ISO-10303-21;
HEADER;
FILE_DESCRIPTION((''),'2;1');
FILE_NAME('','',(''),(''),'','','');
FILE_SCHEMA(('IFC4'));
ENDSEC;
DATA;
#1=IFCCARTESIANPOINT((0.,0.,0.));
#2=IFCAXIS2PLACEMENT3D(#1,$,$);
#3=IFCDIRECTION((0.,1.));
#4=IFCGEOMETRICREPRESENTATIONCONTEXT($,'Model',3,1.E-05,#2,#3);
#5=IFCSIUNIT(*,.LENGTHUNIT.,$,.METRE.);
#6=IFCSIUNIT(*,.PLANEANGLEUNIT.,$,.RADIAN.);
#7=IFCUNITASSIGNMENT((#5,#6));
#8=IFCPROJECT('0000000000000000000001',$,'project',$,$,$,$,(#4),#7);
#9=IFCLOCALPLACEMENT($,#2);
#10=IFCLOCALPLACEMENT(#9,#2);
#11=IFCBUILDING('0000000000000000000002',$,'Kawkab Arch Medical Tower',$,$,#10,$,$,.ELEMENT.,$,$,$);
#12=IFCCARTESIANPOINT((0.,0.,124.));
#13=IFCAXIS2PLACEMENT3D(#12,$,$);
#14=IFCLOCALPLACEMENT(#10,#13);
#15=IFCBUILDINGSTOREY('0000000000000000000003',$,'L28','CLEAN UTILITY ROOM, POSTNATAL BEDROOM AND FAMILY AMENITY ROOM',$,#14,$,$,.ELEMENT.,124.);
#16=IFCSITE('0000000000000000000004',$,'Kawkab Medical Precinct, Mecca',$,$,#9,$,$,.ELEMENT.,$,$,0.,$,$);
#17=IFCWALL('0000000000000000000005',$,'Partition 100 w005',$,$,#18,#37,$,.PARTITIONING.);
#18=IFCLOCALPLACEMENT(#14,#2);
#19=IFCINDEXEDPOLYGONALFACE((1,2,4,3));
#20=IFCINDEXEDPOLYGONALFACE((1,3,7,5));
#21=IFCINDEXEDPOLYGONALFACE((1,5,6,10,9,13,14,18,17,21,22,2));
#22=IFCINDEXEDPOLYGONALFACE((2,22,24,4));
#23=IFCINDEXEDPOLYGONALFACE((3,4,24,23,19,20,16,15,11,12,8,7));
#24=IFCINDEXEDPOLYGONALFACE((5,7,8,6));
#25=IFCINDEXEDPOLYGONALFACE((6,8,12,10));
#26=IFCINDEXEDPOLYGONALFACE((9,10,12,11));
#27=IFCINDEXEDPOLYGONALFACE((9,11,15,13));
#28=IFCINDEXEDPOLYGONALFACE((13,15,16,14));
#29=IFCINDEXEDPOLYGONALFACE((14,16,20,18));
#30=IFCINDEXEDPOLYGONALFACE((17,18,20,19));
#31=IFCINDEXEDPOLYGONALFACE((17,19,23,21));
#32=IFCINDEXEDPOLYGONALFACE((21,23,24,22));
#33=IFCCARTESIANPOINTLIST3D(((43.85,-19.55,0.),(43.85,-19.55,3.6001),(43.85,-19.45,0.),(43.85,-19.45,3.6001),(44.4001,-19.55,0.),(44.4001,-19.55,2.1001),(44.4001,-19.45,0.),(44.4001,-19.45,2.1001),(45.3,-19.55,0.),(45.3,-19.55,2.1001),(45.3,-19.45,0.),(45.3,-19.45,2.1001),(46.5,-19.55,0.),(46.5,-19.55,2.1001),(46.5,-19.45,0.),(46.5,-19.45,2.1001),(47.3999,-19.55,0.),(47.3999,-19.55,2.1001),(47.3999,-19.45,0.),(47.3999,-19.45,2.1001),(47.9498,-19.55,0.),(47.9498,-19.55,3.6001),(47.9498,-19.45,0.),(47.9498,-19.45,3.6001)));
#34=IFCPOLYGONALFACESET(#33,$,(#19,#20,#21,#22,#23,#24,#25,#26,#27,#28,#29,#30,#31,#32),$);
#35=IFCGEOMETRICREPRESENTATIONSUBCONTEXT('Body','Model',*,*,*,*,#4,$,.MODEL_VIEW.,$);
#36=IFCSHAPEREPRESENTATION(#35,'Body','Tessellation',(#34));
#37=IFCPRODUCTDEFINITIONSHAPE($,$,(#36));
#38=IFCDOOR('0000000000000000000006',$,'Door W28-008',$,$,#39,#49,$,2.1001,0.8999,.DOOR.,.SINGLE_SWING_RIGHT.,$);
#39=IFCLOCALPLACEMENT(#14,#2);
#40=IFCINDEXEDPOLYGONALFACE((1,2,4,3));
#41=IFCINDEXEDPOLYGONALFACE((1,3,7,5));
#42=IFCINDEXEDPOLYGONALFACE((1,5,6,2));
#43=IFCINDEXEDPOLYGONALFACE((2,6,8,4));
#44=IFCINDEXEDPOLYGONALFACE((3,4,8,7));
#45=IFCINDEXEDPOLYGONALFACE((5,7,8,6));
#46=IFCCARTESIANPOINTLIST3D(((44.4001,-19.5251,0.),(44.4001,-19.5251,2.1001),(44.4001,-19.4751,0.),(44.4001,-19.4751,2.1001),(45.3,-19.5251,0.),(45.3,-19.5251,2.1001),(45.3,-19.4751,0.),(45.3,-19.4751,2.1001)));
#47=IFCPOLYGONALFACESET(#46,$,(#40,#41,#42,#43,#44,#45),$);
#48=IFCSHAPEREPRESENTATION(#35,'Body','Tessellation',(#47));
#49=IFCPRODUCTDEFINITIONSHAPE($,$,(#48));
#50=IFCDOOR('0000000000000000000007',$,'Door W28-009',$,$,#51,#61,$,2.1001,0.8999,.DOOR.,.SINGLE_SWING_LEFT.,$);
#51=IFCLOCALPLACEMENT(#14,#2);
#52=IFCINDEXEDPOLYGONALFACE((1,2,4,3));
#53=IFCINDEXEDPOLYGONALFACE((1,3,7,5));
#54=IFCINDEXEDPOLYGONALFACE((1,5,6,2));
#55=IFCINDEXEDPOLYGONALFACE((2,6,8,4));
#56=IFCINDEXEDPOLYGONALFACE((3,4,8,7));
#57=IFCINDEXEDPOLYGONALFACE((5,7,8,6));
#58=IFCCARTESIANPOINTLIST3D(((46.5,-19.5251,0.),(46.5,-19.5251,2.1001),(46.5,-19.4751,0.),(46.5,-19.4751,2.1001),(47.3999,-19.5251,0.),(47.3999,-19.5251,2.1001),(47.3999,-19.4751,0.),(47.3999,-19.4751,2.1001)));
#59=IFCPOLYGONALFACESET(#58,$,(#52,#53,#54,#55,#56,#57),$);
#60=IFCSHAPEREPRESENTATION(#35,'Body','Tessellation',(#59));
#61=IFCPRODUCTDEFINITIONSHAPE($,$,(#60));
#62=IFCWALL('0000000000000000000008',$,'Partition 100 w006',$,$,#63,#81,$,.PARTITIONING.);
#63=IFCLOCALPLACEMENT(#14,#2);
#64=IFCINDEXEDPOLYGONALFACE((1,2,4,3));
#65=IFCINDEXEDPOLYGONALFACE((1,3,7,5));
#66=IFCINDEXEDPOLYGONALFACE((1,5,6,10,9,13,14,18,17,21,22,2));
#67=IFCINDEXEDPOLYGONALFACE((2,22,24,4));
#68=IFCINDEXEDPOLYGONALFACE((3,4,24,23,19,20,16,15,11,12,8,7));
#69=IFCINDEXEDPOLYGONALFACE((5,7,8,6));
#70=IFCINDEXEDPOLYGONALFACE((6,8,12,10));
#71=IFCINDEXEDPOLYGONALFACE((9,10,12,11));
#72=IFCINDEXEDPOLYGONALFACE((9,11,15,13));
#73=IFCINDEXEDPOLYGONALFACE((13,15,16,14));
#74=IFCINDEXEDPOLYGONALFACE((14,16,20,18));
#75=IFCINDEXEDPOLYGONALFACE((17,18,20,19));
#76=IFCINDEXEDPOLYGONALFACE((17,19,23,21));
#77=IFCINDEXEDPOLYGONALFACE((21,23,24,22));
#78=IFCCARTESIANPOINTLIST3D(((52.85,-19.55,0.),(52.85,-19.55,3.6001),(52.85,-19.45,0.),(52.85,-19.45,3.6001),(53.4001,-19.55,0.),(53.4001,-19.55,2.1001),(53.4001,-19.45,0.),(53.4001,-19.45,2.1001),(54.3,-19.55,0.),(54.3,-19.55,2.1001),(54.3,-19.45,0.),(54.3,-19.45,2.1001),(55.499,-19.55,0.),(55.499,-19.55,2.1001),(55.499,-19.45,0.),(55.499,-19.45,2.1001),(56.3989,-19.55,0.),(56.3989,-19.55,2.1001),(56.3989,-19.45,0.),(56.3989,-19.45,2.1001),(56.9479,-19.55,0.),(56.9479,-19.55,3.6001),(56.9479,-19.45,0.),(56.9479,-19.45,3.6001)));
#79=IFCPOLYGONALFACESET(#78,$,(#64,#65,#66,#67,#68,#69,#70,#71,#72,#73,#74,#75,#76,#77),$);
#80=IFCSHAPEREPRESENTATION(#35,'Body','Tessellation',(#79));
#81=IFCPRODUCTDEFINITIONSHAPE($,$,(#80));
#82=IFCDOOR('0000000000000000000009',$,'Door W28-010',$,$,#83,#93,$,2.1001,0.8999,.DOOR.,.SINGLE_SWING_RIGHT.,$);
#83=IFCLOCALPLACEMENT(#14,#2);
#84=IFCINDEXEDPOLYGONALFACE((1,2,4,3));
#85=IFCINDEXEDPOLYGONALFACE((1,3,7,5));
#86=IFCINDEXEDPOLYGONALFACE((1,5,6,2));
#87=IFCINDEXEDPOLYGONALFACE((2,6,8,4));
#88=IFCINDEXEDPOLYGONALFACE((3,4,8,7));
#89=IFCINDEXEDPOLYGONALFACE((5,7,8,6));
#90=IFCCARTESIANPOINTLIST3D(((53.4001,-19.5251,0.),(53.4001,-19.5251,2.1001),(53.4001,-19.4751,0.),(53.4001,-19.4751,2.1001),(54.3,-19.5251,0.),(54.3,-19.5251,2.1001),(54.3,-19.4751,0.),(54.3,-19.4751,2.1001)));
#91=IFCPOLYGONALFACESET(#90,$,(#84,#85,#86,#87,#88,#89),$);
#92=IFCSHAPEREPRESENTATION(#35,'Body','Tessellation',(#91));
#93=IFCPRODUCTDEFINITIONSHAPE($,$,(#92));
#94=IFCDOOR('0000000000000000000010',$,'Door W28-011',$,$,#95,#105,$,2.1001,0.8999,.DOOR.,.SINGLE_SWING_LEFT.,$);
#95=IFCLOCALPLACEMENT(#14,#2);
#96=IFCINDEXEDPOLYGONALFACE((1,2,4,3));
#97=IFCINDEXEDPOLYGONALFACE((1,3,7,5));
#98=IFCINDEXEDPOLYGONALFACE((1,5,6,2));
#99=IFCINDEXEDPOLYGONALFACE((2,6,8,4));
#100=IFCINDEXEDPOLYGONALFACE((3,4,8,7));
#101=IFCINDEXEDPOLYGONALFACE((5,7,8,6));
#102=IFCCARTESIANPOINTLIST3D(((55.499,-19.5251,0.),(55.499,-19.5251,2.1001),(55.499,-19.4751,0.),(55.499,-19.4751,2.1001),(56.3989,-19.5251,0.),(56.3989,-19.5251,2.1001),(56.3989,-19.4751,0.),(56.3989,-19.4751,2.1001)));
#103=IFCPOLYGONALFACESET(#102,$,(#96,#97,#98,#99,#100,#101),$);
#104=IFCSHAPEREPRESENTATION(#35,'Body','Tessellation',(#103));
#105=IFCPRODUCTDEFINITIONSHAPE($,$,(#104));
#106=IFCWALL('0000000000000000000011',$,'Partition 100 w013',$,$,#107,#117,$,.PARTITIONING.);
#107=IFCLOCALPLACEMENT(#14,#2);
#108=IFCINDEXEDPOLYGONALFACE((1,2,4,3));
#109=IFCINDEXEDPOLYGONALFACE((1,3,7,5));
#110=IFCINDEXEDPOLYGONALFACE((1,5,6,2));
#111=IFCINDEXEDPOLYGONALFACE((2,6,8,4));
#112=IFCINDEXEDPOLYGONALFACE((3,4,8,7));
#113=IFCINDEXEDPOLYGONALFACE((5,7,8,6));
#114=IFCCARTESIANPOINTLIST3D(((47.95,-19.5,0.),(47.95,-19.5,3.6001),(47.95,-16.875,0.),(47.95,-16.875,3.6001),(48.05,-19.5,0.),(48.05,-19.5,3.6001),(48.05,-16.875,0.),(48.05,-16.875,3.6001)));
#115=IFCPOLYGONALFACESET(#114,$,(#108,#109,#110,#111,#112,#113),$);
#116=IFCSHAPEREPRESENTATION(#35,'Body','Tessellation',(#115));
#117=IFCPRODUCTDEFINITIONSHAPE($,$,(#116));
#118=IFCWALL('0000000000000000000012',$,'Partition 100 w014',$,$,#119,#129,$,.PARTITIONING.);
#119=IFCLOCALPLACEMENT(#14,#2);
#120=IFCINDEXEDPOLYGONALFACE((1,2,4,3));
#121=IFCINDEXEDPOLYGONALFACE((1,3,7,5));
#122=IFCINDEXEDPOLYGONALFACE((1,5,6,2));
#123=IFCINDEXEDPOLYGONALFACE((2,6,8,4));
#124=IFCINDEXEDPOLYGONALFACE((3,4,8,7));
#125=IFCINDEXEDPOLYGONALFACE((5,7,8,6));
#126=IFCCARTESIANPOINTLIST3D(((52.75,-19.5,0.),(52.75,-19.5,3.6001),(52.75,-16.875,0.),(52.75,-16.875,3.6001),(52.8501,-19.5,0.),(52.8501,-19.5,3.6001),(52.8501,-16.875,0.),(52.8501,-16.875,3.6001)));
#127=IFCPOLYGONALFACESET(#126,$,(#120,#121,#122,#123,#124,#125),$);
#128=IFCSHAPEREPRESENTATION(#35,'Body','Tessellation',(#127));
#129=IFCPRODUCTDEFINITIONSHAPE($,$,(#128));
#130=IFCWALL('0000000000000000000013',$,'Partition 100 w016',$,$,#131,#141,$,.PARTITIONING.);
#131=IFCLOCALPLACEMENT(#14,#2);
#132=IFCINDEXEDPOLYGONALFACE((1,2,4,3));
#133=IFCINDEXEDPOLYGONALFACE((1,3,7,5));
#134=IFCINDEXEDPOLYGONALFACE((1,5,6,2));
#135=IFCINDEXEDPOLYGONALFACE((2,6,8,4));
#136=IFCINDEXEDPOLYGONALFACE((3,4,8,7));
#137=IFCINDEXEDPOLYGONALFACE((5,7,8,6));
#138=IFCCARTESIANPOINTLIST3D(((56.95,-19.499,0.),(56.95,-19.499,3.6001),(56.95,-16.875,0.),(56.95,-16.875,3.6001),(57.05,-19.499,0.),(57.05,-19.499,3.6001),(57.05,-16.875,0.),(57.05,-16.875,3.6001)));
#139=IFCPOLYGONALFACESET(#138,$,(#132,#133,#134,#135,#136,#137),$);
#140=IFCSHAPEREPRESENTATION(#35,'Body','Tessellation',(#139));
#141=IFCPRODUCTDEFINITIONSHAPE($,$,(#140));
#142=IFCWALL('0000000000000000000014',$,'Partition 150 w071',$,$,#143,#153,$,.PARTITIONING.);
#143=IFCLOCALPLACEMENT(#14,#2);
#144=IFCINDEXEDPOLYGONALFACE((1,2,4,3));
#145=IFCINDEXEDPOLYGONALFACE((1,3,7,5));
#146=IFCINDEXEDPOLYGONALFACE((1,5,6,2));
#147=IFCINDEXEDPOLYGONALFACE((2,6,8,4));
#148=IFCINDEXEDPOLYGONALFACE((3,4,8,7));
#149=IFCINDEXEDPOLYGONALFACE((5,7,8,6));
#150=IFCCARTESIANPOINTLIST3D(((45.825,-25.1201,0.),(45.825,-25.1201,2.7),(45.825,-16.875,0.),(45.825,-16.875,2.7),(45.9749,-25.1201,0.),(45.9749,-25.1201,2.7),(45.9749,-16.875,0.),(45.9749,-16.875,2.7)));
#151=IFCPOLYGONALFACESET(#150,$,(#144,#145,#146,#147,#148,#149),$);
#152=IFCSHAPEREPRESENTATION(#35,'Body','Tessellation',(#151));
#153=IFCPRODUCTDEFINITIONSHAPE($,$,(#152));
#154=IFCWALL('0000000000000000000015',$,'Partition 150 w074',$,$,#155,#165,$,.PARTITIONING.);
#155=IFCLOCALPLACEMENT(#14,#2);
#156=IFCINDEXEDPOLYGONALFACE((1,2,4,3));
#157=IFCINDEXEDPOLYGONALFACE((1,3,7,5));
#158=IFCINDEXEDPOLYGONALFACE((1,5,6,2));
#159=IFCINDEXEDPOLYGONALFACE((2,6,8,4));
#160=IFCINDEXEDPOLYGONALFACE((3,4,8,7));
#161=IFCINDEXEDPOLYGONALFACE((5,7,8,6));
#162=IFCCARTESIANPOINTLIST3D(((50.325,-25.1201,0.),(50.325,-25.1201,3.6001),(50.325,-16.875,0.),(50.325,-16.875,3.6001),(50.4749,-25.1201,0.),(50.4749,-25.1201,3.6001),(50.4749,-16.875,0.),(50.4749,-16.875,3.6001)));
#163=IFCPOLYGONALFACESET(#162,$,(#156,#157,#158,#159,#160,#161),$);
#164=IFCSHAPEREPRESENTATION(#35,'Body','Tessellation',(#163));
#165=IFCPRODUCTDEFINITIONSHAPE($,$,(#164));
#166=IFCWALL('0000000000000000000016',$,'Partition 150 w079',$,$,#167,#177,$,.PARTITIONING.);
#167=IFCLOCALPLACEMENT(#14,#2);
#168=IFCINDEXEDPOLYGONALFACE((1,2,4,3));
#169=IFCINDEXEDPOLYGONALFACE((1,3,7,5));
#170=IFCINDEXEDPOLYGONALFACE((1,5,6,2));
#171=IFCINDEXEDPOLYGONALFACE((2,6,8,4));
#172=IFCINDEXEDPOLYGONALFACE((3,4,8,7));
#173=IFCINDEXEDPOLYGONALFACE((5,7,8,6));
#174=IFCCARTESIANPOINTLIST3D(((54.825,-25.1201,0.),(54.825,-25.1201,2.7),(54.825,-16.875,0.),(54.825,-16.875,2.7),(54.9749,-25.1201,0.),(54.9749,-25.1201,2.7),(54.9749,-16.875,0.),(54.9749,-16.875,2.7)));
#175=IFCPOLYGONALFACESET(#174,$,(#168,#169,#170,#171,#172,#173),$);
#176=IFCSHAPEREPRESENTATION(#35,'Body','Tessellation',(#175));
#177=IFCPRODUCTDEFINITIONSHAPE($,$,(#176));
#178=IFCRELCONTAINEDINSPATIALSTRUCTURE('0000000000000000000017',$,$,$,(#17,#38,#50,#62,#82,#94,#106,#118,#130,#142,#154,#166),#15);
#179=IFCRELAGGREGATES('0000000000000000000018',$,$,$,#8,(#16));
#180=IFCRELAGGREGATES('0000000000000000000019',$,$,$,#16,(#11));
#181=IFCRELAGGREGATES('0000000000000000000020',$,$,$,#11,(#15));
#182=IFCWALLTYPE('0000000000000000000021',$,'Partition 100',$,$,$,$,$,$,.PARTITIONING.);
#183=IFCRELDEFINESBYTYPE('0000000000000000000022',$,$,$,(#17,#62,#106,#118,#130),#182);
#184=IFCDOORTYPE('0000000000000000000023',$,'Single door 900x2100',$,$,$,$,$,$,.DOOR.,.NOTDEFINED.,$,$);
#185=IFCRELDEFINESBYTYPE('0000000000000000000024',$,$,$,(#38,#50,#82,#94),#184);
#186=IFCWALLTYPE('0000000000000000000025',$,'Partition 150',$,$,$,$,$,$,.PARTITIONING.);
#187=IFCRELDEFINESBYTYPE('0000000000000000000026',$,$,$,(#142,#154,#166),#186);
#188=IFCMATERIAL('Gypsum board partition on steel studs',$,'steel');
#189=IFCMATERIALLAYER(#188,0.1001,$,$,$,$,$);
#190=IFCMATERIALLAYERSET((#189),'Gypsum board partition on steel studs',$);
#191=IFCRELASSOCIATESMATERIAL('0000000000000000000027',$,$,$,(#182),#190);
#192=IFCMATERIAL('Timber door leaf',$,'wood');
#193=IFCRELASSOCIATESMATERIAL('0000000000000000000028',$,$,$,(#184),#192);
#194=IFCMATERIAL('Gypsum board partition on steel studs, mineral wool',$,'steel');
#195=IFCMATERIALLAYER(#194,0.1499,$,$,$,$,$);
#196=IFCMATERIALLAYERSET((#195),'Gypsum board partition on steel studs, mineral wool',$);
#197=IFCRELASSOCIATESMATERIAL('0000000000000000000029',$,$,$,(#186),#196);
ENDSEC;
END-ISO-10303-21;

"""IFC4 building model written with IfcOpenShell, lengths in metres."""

from ifc_helpers import new_model, si_unit, direction, frame, frame_2d, origin, place, context, subcontext, project, spatial, rectangle, extrude, material, layer, layer_set, type_object, element, fill, save


model = new_model("IFC4")

# Units and contexts
model_context = context("Model", 3, precision=1e-05, world=origin(), true_north=direction((0.0, 1.0)))
body_context = subcontext(model_context, "Body", "Model", "MODEL_VIEW")
ifc_project = project(units=[si_unit("LENGTHUNIT", "METRE"), si_unit("PLANEANGLEUNIT", "RADIAN")], contexts=[model_context])

# Site, building, storey
site_placement = place(None, origin())
site = spatial("IfcSite", under=ifc_project, at=site_placement, Name="Kawkab Medical Precinct, Mecca", CompositionType="ELEMENT", RefElevation=0.0)
building_placement = place(site_placement, origin())
building = spatial("IfcBuilding", under=site, at=building_placement, Name="Kawkab Arch Medical Tower", CompositionType="ELEMENT")
storey_placement = place(building_placement, frame((0.0, 0.0, 124.0)))
storey = spatial("IfcBuildingStorey", under=building, at=storey_placement, Name="L28", Description="CLEAN UTILITY ROOM, POSTNATAL BEDROOM AND FAMILY AMENITY ROOM", CompositionType="ELEMENT", Elevation=124.0)

# Walls, openings, doors
ifc_material_1 = material(Name="Gypsum board partition on steel studs", Category="steel")
ifc_layer_1 = layer(ifc_material_1, 0.1001)
ifc_layer_set_1 = layer_set([ifc_layer_1], Name="Gypsum board partition on steel studs")
wall_type_1 = type_object("IfcWallType", Name="Partition 100", PredefinedType="PARTITIONING", material=ifc_layer_set_1)
wall_1_placement = place(storey_placement, frame((43.8501, -19.5, 0.0), z_axis=(0.0, 0.0, 1.0), x_axis=(1.0, 0.0, 0.0)))
wall_1 = element("IfcWall", 1, at=wall_1_placement, inside=storey, type_object=wall_type_1, Name="Partition 100 w005", PredefinedType="PARTITIONING", context=body_context, shape_type="SweptSolid", body=[
    extrude(rectangle(XDim=4.0999, YDim=0.1001, at=frame_2d((2.0498, 0.0))), origin(), (0.0, 0.0, 1.0), 3.6001),
])
opening_1_placement = place(wall_1_placement, frame((0.55, 0.0, 0.0)))
opening_1 = element("IfcOpeningElement", 2, at=opening_1_placement, cuts=wall_1, PredefinedType="OPENING", context=body_context, shape_type="SweptSolid", body=[
    extrude(rectangle(XDim=0.8999, YDim=2.1001, at=frame_2d((0.45, 1.05))), frame((0.0, 0.0601, 0.0), z_axis=(0.0, -1.0, 0.0), x_axis=(1.0, 0.0, 0.0)), (0.0, 0.0, 1.0), 0.1201),
])
opening_2_placement = place(wall_1_placement, frame((2.6499, 0.0, 0.0)))
opening_2 = element("IfcOpeningElement", 3, at=opening_2_placement, cuts=wall_1, PredefinedType="OPENING", context=body_context, shape_type="SweptSolid", body=[
    extrude(rectangle(XDim=0.8999, YDim=2.1001, at=frame_2d((0.45, 1.05))), frame((0.0, 0.0601, 0.0), z_axis=(0.0, -1.0, 0.0), x_axis=(1.0, 0.0, 0.0)), (0.0, 0.0, 1.0), 0.1201),
])
ifc_material_2 = material(Name="Timber door leaf", Category="wood")
door_type = type_object("IfcDoorType", Name="Single door 900x2100", OperationType="NOTDEFINED", PredefinedType="DOOR", material=ifc_material_2)
door_1_placement = place(opening_1_placement, origin())
door_1 = element("IfcDoor", 4, at=door_1_placement, inside=storey, type_object=door_type, Name="Door W28-008", OperationType="SINGLE_SWING_RIGHT", OverallHeight=2.1001, OverallWidth=0.8999, PredefinedType="DOOR", context=body_context, shape_type="SweptSolid", body=[
    extrude(rectangle(XDim=0.8999, YDim=2.1001, at=frame_2d((0.45, 1.05))), frame((0.0, 0.0249, 0.0), z_axis=(0.0, -1.0, 0.0), x_axis=(1.0, 0.0, 0.0)), (0.0, 0.0, 1.0), 0.05),
])
fill(opening_1, door_1)
door_2_placement = place(opening_2_placement, origin())
door_2 = element("IfcDoor", 5, at=door_2_placement, inside=storey, type_object=door_type, Name="Door W28-009", OperationType="SINGLE_SWING_LEFT", OverallHeight=2.1001, OverallWidth=0.8999, PredefinedType="DOOR", context=body_context, shape_type="SweptSolid", body=[
    extrude(rectangle(XDim=0.8999, YDim=2.1001, at=frame_2d((0.45, 1.05))), frame((0.0, 0.0249, 0.0), z_axis=(0.0, -1.0, 0.0), x_axis=(1.0, 0.0, 0.0)), (0.0, 0.0, 1.0), 0.05),
])
fill(opening_2, door_2)
wall_2_placement = place(storey_placement, frame((52.8501, -19.5, 0.0), z_axis=(0.0, 0.0, 1.0), x_axis=(1.0, 0.0, 0.0)))
wall_2 = element("IfcWall", 6, at=wall_2_placement, inside=storey, type_object=wall_type_1, Name="Partition 100 w006", PredefinedType="PARTITIONING", context=body_context, shape_type="SweptSolid", body=[
    extrude(rectangle(XDim=4.0979, YDim=0.1001, at=frame_2d((2.0488, 0.0))), origin(), (0.0, 0.0, 1.0), 3.6001),
])
opening_3_placement = place(wall_2_placement, frame((0.55, 0.0, 0.0)))
opening_3 = element("IfcOpeningElement", 7, at=opening_3_placement, cuts=wall_2, PredefinedType="OPENING", context=body_context, shape_type="SweptSolid", body=[
    extrude(rectangle(XDim=0.8999, YDim=2.1001, at=frame_2d((0.45, 1.05))), frame((0.0, 0.0601, 0.0), z_axis=(0.0, -1.0, 0.0), x_axis=(1.0, 0.0, 0.0)), (0.0, 0.0, 1.0), 0.1201),
])
opening_4_placement = place(wall_2_placement, frame((2.6489, 0.0, 0.0)))
opening_4 = element("IfcOpeningElement", 8, at=opening_4_placement, cuts=wall_2, PredefinedType="OPENING", context=body_context, shape_type="SweptSolid", body=[
    extrude(rectangle(XDim=0.8999, YDim=2.1001, at=frame_2d((0.45, 1.05))), frame((0.0, 0.0601, 0.0), z_axis=(0.0, -1.0, 0.0), x_axis=(1.0, 0.0, 0.0)), (0.0, 0.0, 1.0), 0.1201),
])
door_3_placement = place(opening_3_placement, origin())
door_3 = element("IfcDoor", 9, at=door_3_placement, inside=storey, type_object=door_type, Name="Door W28-010", OperationType="SINGLE_SWING_RIGHT", OverallHeight=2.1001, OverallWidth=0.8999, PredefinedType="DOOR", context=body_context, shape_type="SweptSolid", body=[
    extrude(rectangle(XDim=0.8999, YDim=2.1001, at=frame_2d((0.45, 1.05))), frame((0.0, 0.0249, 0.0), z_axis=(0.0, -1.0, 0.0), x_axis=(1.0, 0.0, 0.0)), (0.0, 0.0, 1.0), 0.05),
])
fill(opening_3, door_3)
door_4_placement = place(opening_4_placement, origin())
door_4 = element("IfcDoor", 10, at=door_4_placement, inside=storey, type_object=door_type, Name="Door W28-011", OperationType="SINGLE_SWING_LEFT", OverallHeight=2.1001, OverallWidth=0.8999, PredefinedType="DOOR", context=body_context, shape_type="SweptSolid", body=[
    extrude(rectangle(XDim=0.8999, YDim=2.1001, at=frame_2d((0.45, 1.05))), frame((0.0, 0.0249, 0.0), z_axis=(0.0, -1.0, 0.0), x_axis=(1.0, 0.0, 0.0)), (0.0, 0.0, 1.0), 0.05),
])
fill(opening_4, door_4)

# Walls
for number, where, z_axis, x_axis, name in (
    (11, (48.0, -19.5, 0.0), (0.0, 0.0, 1.0), (0.0, 1.0, 0.0), "Partition 100 w013"),
    (12, (52.8, -19.5, 0.0), (0.0, 0.0, 1.0), (0.0, 1.0, 0.0), "Partition 100 w014"),
):
    element("IfcWall", number, at=place(storey_placement, frame(where, z_axis=z_axis, x_axis=x_axis)), inside=storey, type_object=wall_type_1, Name=name, PredefinedType="PARTITIONING", context=body_context, shape_type="SweptSolid", body=[
        extrude(rectangle(XDim=2.625, YDim=0.1001, at=frame_2d((1.3125, 0.0))), origin(), (0.0, 0.0, 1.0), 3.6001),
    ])
wall_3_placement = place(storey_placement, frame((57.0, -19.499, 0.0), z_axis=(0.0, 0.0, 1.0), x_axis=(0.0, 1.0, 0.0)))
element("IfcWall", 13, at=wall_3_placement, inside=storey, type_object=wall_type_1, Name="Partition 100 w016", PredefinedType="PARTITIONING", context=body_context, shape_type="SweptSolid", body=[
    extrude(rectangle(XDim=2.624, YDim=0.1001, at=frame_2d((1.312, 0.0))), origin(), (0.0, 0.0, 1.0), 3.6001),
])
ifc_material_3 = material(Name="Gypsum board partition on steel studs, mineral wool", Category="steel")
ifc_layer_2 = layer(ifc_material_3, 0.1499)
ifc_layer_set_2 = layer_set([ifc_layer_2], Name="Gypsum board partition on steel studs, mineral wool")
wall_type_2 = type_object("IfcWallType", Name="Partition 150", PredefinedType="PARTITIONING", material=ifc_layer_set_2)
wall_4_placement = place(storey_placement, frame((45.8999, -25.1201, 0.0), z_axis=(0.0, 0.0, 1.0), x_axis=(0.0, 1.0, 0.0)))
element("IfcWall", 14, at=wall_4_placement, inside=storey, type_object=wall_type_2, Name="Partition 150 w071", PredefinedType="PARTITIONING", context=body_context, shape_type="SweptSolid", body=[
    extrude(rectangle(XDim=8.2451, YDim=0.1499, at=frame_2d((4.1226, 0.0))), origin(), (0.0, 0.0, 1.0), 2.7),
])
wall_5_placement = place(storey_placement, frame((50.3999, -25.1201, 0.0), z_axis=(0.0, 0.0, 1.0), x_axis=(0.0, 1.0, 0.0)))
element("IfcWall", 15, at=wall_5_placement, inside=storey, type_object=wall_type_2, Name="Partition 150 w074", PredefinedType="PARTITIONING", context=body_context, shape_type="SweptSolid", body=[
    extrude(rectangle(XDim=8.2451, YDim=0.1499, at=frame_2d((4.1226, 0.0))), origin(), (0.0, 0.0, 1.0), 3.6001),
])
wall_6_placement = place(storey_placement, frame((54.8999, -25.1201, 0.0), z_axis=(0.0, 0.0, 1.0), x_axis=(0.0, 1.0, 0.0)))
element("IfcWall", 16, at=wall_6_placement, inside=storey, type_object=wall_type_2, Name="Partition 150 w079", PredefinedType="PARTITIONING", context=body_context, shape_type="SweptSolid", body=[
    extrude(rectangle(XDim=8.2451, YDim=0.1499, at=frame_2d((4.1226, 0.0))), origin(), (0.0, 0.0, 1.0), 2.7),
])

save(model, "model.ifc")
